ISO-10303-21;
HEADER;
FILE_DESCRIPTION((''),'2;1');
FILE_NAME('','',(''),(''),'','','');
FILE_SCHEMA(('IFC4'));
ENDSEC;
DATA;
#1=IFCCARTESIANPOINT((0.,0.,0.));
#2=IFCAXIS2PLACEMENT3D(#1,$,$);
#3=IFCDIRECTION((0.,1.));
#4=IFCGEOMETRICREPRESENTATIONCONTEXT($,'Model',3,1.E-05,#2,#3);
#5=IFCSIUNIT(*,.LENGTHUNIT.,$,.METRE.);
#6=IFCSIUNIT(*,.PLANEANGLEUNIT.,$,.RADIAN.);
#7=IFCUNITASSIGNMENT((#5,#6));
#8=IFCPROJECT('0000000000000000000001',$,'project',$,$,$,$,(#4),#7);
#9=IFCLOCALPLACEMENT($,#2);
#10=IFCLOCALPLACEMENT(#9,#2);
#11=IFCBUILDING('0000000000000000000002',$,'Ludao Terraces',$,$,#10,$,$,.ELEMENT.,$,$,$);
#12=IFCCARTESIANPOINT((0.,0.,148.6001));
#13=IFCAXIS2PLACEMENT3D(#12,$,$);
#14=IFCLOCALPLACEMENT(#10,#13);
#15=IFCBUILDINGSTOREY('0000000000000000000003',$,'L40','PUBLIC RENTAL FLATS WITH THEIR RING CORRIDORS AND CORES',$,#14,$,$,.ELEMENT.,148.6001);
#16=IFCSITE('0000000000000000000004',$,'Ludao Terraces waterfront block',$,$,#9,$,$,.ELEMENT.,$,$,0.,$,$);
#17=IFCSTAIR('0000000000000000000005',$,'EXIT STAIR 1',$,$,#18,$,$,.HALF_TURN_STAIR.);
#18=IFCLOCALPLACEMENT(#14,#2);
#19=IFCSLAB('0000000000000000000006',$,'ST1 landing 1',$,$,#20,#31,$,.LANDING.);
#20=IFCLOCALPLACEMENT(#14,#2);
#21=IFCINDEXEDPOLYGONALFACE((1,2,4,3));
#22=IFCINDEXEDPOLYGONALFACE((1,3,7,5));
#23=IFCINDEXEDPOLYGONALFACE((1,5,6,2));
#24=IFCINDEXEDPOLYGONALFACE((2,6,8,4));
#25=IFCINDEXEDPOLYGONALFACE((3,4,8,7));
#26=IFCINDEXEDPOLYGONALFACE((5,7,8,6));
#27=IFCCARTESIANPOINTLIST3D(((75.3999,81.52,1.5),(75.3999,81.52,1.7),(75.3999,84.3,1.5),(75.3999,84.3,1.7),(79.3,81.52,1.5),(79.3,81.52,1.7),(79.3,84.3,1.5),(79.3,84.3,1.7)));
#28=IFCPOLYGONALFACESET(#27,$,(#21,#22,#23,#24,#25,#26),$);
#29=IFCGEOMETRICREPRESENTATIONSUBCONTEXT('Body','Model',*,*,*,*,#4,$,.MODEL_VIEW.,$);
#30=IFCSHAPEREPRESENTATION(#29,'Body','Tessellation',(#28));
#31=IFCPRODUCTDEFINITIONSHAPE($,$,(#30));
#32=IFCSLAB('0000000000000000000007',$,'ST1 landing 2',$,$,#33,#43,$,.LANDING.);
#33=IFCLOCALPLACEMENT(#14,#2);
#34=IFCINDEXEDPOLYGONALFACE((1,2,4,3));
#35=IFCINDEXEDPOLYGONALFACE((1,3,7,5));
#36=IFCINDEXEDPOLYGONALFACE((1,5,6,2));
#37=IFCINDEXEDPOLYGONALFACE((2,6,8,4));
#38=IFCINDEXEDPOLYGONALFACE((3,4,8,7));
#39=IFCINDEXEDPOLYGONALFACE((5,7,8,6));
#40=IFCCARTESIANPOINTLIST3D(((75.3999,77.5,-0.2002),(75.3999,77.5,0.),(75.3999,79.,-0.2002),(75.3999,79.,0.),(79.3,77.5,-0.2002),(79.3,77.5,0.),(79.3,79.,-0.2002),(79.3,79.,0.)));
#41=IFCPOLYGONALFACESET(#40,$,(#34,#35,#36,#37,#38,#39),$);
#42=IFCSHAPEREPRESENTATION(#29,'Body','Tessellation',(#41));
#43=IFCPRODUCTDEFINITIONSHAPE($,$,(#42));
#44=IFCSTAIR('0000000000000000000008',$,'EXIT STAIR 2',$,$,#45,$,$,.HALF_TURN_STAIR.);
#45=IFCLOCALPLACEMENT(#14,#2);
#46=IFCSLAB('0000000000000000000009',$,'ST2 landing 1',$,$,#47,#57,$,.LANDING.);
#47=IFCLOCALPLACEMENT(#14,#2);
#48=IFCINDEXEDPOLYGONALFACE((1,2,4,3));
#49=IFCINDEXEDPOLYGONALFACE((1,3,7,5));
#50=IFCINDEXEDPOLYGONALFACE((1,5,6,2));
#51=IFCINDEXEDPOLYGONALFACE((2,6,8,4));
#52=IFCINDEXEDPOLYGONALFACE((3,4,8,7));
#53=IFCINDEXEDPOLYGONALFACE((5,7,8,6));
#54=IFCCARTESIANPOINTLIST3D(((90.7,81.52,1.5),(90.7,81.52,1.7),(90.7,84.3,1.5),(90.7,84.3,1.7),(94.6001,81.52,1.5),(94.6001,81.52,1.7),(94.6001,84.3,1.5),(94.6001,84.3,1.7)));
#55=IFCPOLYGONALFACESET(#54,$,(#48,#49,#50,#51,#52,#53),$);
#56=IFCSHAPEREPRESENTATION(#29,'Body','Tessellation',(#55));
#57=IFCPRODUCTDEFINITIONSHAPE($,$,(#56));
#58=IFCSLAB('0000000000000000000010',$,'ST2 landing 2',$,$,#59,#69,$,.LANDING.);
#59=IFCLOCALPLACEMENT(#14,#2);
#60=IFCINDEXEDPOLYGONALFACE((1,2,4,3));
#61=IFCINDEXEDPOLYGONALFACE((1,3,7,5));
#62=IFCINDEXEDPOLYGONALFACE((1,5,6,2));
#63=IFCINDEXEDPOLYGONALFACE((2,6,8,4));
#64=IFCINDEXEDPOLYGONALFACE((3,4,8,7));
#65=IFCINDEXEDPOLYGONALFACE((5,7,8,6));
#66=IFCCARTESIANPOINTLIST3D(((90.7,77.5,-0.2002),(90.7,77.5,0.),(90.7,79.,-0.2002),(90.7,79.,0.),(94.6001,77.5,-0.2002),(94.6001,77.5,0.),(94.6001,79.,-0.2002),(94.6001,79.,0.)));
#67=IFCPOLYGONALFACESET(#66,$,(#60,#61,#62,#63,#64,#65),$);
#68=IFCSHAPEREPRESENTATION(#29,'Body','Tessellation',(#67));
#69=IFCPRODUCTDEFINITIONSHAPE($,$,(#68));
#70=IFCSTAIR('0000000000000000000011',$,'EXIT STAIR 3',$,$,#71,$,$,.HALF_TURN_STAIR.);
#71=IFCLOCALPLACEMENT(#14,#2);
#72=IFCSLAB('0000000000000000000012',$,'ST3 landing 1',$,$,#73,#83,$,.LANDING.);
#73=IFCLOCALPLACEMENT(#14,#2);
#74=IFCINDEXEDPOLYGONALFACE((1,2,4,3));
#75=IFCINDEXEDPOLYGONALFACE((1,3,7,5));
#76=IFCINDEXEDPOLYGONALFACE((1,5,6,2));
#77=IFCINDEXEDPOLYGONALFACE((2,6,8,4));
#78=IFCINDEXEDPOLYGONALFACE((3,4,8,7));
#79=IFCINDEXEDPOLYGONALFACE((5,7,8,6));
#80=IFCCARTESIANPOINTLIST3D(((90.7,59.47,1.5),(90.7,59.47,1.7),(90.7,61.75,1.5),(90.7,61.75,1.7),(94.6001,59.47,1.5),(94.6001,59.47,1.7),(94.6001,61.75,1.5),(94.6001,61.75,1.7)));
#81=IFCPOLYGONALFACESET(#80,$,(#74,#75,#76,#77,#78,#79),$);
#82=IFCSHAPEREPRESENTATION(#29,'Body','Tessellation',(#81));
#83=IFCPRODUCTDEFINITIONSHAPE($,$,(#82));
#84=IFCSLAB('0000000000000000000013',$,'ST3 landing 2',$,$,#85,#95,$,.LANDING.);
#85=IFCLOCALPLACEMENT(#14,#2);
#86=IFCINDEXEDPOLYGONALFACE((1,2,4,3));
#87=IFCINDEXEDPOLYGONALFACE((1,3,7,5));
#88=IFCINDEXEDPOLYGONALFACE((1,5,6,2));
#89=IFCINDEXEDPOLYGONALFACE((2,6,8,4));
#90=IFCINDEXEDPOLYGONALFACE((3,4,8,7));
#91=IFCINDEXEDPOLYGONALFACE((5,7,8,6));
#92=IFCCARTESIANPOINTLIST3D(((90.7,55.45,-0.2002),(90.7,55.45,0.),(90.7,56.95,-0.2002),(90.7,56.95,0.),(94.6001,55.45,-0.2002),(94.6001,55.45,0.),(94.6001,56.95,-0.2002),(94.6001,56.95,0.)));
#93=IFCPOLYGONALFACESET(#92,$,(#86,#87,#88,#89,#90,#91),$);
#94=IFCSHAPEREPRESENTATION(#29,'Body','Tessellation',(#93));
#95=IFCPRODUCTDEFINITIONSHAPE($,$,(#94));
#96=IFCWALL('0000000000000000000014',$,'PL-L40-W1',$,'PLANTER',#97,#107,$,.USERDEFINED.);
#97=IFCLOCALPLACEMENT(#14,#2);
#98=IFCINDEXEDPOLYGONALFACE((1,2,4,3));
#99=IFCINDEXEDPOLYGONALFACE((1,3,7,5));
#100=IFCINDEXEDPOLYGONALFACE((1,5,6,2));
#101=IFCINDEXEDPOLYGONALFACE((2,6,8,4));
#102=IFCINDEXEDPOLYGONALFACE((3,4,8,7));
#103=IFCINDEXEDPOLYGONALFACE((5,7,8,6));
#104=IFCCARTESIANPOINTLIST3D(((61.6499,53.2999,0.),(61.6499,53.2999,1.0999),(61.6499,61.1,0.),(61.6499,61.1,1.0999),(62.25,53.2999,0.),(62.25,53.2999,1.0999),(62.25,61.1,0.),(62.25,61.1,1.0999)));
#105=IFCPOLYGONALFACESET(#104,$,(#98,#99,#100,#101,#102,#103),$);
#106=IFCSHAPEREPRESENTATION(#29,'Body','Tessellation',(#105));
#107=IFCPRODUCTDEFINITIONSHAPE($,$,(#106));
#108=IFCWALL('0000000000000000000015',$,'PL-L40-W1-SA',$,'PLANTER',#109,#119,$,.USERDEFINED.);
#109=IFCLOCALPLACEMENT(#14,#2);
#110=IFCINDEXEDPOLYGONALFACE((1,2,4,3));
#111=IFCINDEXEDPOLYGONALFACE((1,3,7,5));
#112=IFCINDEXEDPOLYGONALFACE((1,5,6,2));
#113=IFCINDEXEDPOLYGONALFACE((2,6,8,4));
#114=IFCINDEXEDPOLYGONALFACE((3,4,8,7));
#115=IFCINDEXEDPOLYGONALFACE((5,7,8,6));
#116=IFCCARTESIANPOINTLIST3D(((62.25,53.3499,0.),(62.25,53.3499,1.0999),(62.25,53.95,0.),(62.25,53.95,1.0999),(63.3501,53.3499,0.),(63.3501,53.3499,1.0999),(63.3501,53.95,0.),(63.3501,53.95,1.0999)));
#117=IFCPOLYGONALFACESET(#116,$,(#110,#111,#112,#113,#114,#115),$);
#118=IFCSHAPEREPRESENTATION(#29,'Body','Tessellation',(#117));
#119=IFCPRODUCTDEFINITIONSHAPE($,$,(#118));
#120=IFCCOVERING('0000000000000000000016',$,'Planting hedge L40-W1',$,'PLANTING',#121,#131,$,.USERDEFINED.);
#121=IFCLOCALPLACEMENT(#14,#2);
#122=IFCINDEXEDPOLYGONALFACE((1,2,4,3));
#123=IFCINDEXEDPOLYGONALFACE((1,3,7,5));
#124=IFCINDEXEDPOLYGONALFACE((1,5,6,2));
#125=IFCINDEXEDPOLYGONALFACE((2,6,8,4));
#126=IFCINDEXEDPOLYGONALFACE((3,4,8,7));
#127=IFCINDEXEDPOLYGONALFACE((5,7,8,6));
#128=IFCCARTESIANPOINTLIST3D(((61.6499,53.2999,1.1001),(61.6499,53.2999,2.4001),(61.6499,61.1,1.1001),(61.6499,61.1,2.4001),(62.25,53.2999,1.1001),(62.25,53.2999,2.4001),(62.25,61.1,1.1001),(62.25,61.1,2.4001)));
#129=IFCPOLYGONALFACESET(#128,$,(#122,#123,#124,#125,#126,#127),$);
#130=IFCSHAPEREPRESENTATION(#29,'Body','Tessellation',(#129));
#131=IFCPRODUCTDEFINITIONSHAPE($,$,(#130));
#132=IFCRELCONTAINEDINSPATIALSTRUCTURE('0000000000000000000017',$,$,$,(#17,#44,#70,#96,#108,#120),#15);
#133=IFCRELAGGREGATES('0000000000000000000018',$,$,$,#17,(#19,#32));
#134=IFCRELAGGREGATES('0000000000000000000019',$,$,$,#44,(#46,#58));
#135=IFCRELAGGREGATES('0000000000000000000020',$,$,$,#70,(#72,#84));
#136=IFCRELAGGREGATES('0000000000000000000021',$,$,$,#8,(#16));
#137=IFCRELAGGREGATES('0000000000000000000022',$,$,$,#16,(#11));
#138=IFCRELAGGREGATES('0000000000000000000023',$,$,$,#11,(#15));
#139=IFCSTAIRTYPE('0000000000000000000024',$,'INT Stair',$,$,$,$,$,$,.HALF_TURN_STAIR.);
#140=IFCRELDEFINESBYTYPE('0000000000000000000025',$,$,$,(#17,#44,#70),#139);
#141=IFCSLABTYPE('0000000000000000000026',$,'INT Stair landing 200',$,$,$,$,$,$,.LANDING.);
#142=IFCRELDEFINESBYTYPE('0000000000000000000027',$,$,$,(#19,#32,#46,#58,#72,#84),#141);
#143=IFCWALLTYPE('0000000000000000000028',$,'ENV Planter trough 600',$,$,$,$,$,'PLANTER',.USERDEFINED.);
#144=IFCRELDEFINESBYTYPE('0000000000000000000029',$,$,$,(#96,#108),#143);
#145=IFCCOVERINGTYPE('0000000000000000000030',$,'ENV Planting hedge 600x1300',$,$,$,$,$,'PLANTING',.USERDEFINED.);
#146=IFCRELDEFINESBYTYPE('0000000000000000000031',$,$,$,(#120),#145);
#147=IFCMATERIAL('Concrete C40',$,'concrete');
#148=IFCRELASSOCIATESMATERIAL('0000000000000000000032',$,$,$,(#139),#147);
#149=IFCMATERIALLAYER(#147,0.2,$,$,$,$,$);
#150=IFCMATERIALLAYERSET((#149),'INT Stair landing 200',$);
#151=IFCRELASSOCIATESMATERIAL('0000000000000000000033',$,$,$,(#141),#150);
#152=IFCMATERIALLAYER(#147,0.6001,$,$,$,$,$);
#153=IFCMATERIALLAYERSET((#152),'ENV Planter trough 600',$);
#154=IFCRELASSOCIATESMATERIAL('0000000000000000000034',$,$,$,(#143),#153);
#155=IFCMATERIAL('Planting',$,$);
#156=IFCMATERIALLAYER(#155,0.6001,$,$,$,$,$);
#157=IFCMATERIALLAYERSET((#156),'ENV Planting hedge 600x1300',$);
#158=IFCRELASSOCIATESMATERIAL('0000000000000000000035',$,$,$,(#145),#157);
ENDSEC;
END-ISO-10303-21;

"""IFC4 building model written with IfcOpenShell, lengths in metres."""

from ifc_helpers import new_model, si_unit, direction, frame, frame_2d, origin, origin_2d, place, context, subcontext, project, spatial, polyline, rectangle, outline, extrude, material, layer, layer_set, type_object, element, aggregate, save


model = new_model("IFC4")

# Units and contexts
model_context = context("Model", 3, precision=1e-05, world=origin(), true_north=direction((0.0, 1.0)))
body_context = subcontext(model_context, "Body", "Model", "MODEL_VIEW")
ifc_project = project(units=[si_unit("LENGTHUNIT", "METRE"), si_unit("PLANEANGLEUNIT", "RADIAN")], contexts=[model_context])

# Site, building, storey
site_placement = place(None, origin())
site = spatial("IfcSite", under=ifc_project, at=site_placement, Name="Ludao Terraces waterfront block", CompositionType="ELEMENT", RefElevation=0.0)
building_placement = place(site_placement, origin())
building = spatial("IfcBuilding", under=site, at=building_placement, Name="Ludao Terraces", CompositionType="ELEMENT")
storey_placement = place(building_placement, frame((0.0, 0.0, 148.6001)))
storey = spatial("IfcBuildingStorey", under=building, at=storey_placement, Name="L40", Description="PUBLIC RENTAL FLATS WITH THEIR RING CORRIDORS AND CORES", CompositionType="ELEMENT", Elevation=148.6001)

# Shared definitions
ifc_material_1 = material(Name="Concrete C40", Category="concrete")

# Stairs, slabs
stair_type = type_object("IfcStairType", Name="INT Stair", PredefinedType="HALF_TURN_STAIR", material=ifc_material_1)
stair_1_placement = place(storey_placement, origin())
stair_1 = element("IfcStair", 1, at=stair_1_placement, inside=storey, type_object=stair_type, Name="EXIT STAIR 1", PredefinedType="HALF_TURN_STAIR")
ifc_layer_1 = layer(ifc_material_1, 0.2)
ifc_layer_set_1 = layer_set([ifc_layer_1], Name="INT Stair landing 200")
slab_type_1 = type_object("IfcSlabType", Name="INT Stair landing 200", PredefinedType="LANDING", material=ifc_layer_set_1)
slab_1_placement = place(storey_placement, frame((0.0, 0.0, 1.5)))
slab_1 = element("IfcSlab", 2, at=slab_1_placement, type_object=slab_type_1, Name="ST1 landing 1", PredefinedType="LANDING", context=body_context, shape_type="SweptSolid", body=[
    extrude(outline(polyline([(75.3999, 81.52), (79.3, 81.52), (79.3, 84.3), (75.3999, 84.3), (75.3999, 81.52)])), origin(), (0.0, 0.0, 1.0), 0.2),
])
slab_2_placement = place(storey_placement, frame((0.0, 0.0, -0.2002)))
slab_2 = element("IfcSlab", 3, at=slab_2_placement, type_object=slab_type_1, Name="ST1 landing 2", PredefinedType="LANDING", context=body_context, shape_type="SweptSolid", body=[
    extrude(outline(polyline([(75.3999, 77.5), (79.3, 77.5), (79.3, 79.0), (75.3999, 79.0), (75.3999, 77.5)])), origin(), (0.0, 0.0, 1.0), 0.2002),
])
aggregate(stair_1, [slab_1, slab_2])
stair_2_placement = place(storey_placement, origin())
stair_2 = element("IfcStair", 4, at=stair_2_placement, inside=storey, type_object=stair_type, Name="EXIT STAIR 2", PredefinedType="HALF_TURN_STAIR")
slab_3_placement = place(storey_placement, frame((0.0, 0.0, 1.5)))
slab_3 = element("IfcSlab", 5, at=slab_3_placement, type_object=slab_type_1, Name="ST2 landing 1", PredefinedType="LANDING", context=body_context, shape_type="SweptSolid", body=[
    extrude(outline(polyline([(90.7, 81.52), (94.6001, 81.52), (94.6001, 84.3), (90.7, 84.3), (90.7, 81.52)])), origin(), (0.0, 0.0, 1.0), 0.2),
])
slab_4_placement = place(storey_placement, frame((0.0, 0.0, -0.2002)))
slab_4 = element("IfcSlab", 6, at=slab_4_placement, type_object=slab_type_1, Name="ST2 landing 2", PredefinedType="LANDING", context=body_context, shape_type="SweptSolid", body=[
    extrude(outline(polyline([(90.7, 77.5), (94.6001, 77.5), (94.6001, 79.0), (90.7, 79.0), (90.7, 77.5)])), origin(), (0.0, 0.0, 1.0), 0.2002),
])
aggregate(stair_2, [slab_3, slab_4])
stair_3_placement = place(storey_placement, origin())
stair_3 = element("IfcStair", 7, at=stair_3_placement, inside=storey, type_object=stair_type, Name="EXIT STAIR 3", PredefinedType="HALF_TURN_STAIR")
slab_5_placement = place(storey_placement, frame((0.0, 0.0, 1.5)))
slab_5 = element("IfcSlab", 8, at=slab_5_placement, type_object=slab_type_1, Name="ST3 landing 1", PredefinedType="LANDING", context=body_context, shape_type="SweptSolid", body=[
    extrude(outline(polyline([(90.7, 59.47), (94.6001, 59.47), (94.6001, 61.75), (90.7, 61.75), (90.7, 59.47)])), origin(), (0.0, 0.0, 1.0), 0.2),
])
slab_6_placement = place(storey_placement, frame((0.0, 0.0, -0.2002)))
slab_6 = element("IfcSlab", 9, at=slab_6_placement, type_object=slab_type_1, Name="ST3 landing 2", PredefinedType="LANDING", context=body_context, shape_type="SweptSolid", body=[
    extrude(outline(polyline([(90.7, 55.45), (94.6001, 55.45), (94.6001, 56.95), (90.7, 56.95), (90.7, 55.45)])), origin(), (0.0, 0.0, 1.0), 0.2002),
])
aggregate(stair_3, [slab_5, slab_6])

# Walls
ifc_layer_2 = layer(ifc_material_1, 0.6001)
ifc_layer_set_2 = layer_set([ifc_layer_2], Name="ENV Planter trough 600")
wall_type = type_object("IfcWallType", Name="ENV Planter trough 600", ElementType="PLANTER", PredefinedType="USERDEFINED", material=ifc_layer_set_2)
wall_1_placement = place(storey_placement, frame((61.95, 53.3, 0.0), z_axis=(0.0, 0.0, 1.0), x_axis=(0.0, 1.0, 0.0)))
element("IfcWall", 10, at=wall_1_placement, inside=storey, type_object=wall_type, Name="PL-L40-W1", ObjectType="PLANTER", PredefinedType="USERDEFINED", context=body_context, shape_type="SweptSolid", body=[
    extrude(rectangle(XDim=7.8, YDim=0.6001, at=frame_2d((3.8999, 0.0))), origin(), (0.0, 0.0, 1.0), 1.0999),
])
wall_2_placement = place(storey_placement, frame((62.25, 53.6499, 0.0), z_axis=(0.0, 0.0, 1.0), x_axis=(1.0, 0.0, 0.0)))
element("IfcWall", 11, at=wall_2_placement, inside=storey, type_object=wall_type, Name="PL-L40-W1-SA", ObjectType="PLANTER", PredefinedType="USERDEFINED", context=body_context, shape_type="SweptSolid", body=[
    extrude(rectangle(XDim=1.1001, YDim=0.6001, at=frame_2d((0.55, 0.0))), origin(), (0.0, 0.0, 1.0), 1.0999),
])

# Covering
ifc_material_2 = material(Name="Planting")
ifc_layer_3 = layer(ifc_material_2, 0.6001)
ifc_layer_set_3 = layer_set([ifc_layer_3], Name="ENV Planting hedge 600x1300")
covering_type = type_object("IfcCoveringType", Name="ENV Planting hedge 600x1300", ElementType="PLANTING", PredefinedType="USERDEFINED", material=ifc_layer_set_3)
covering_placement = place(storey_placement, frame((61.95, 57.2, 1.1001), z_axis=(0.0, 0.0, 1.0), x_axis=(1.0, 0.0, 0.0)))
element("IfcCovering", 12, at=covering_placement, inside=storey, type_object=covering_type, Name="Planting hedge L40-W1", ObjectType="PLANTING", PredefinedType="USERDEFINED", context=body_context, shape_type="SweptSolid", body=[
    extrude(rectangle(XDim=0.6001, YDim=7.8, at=origin_2d()), origin(), (0.0, 0.0, 1.0), 1.3),
])

save(model, "model.ifc")
